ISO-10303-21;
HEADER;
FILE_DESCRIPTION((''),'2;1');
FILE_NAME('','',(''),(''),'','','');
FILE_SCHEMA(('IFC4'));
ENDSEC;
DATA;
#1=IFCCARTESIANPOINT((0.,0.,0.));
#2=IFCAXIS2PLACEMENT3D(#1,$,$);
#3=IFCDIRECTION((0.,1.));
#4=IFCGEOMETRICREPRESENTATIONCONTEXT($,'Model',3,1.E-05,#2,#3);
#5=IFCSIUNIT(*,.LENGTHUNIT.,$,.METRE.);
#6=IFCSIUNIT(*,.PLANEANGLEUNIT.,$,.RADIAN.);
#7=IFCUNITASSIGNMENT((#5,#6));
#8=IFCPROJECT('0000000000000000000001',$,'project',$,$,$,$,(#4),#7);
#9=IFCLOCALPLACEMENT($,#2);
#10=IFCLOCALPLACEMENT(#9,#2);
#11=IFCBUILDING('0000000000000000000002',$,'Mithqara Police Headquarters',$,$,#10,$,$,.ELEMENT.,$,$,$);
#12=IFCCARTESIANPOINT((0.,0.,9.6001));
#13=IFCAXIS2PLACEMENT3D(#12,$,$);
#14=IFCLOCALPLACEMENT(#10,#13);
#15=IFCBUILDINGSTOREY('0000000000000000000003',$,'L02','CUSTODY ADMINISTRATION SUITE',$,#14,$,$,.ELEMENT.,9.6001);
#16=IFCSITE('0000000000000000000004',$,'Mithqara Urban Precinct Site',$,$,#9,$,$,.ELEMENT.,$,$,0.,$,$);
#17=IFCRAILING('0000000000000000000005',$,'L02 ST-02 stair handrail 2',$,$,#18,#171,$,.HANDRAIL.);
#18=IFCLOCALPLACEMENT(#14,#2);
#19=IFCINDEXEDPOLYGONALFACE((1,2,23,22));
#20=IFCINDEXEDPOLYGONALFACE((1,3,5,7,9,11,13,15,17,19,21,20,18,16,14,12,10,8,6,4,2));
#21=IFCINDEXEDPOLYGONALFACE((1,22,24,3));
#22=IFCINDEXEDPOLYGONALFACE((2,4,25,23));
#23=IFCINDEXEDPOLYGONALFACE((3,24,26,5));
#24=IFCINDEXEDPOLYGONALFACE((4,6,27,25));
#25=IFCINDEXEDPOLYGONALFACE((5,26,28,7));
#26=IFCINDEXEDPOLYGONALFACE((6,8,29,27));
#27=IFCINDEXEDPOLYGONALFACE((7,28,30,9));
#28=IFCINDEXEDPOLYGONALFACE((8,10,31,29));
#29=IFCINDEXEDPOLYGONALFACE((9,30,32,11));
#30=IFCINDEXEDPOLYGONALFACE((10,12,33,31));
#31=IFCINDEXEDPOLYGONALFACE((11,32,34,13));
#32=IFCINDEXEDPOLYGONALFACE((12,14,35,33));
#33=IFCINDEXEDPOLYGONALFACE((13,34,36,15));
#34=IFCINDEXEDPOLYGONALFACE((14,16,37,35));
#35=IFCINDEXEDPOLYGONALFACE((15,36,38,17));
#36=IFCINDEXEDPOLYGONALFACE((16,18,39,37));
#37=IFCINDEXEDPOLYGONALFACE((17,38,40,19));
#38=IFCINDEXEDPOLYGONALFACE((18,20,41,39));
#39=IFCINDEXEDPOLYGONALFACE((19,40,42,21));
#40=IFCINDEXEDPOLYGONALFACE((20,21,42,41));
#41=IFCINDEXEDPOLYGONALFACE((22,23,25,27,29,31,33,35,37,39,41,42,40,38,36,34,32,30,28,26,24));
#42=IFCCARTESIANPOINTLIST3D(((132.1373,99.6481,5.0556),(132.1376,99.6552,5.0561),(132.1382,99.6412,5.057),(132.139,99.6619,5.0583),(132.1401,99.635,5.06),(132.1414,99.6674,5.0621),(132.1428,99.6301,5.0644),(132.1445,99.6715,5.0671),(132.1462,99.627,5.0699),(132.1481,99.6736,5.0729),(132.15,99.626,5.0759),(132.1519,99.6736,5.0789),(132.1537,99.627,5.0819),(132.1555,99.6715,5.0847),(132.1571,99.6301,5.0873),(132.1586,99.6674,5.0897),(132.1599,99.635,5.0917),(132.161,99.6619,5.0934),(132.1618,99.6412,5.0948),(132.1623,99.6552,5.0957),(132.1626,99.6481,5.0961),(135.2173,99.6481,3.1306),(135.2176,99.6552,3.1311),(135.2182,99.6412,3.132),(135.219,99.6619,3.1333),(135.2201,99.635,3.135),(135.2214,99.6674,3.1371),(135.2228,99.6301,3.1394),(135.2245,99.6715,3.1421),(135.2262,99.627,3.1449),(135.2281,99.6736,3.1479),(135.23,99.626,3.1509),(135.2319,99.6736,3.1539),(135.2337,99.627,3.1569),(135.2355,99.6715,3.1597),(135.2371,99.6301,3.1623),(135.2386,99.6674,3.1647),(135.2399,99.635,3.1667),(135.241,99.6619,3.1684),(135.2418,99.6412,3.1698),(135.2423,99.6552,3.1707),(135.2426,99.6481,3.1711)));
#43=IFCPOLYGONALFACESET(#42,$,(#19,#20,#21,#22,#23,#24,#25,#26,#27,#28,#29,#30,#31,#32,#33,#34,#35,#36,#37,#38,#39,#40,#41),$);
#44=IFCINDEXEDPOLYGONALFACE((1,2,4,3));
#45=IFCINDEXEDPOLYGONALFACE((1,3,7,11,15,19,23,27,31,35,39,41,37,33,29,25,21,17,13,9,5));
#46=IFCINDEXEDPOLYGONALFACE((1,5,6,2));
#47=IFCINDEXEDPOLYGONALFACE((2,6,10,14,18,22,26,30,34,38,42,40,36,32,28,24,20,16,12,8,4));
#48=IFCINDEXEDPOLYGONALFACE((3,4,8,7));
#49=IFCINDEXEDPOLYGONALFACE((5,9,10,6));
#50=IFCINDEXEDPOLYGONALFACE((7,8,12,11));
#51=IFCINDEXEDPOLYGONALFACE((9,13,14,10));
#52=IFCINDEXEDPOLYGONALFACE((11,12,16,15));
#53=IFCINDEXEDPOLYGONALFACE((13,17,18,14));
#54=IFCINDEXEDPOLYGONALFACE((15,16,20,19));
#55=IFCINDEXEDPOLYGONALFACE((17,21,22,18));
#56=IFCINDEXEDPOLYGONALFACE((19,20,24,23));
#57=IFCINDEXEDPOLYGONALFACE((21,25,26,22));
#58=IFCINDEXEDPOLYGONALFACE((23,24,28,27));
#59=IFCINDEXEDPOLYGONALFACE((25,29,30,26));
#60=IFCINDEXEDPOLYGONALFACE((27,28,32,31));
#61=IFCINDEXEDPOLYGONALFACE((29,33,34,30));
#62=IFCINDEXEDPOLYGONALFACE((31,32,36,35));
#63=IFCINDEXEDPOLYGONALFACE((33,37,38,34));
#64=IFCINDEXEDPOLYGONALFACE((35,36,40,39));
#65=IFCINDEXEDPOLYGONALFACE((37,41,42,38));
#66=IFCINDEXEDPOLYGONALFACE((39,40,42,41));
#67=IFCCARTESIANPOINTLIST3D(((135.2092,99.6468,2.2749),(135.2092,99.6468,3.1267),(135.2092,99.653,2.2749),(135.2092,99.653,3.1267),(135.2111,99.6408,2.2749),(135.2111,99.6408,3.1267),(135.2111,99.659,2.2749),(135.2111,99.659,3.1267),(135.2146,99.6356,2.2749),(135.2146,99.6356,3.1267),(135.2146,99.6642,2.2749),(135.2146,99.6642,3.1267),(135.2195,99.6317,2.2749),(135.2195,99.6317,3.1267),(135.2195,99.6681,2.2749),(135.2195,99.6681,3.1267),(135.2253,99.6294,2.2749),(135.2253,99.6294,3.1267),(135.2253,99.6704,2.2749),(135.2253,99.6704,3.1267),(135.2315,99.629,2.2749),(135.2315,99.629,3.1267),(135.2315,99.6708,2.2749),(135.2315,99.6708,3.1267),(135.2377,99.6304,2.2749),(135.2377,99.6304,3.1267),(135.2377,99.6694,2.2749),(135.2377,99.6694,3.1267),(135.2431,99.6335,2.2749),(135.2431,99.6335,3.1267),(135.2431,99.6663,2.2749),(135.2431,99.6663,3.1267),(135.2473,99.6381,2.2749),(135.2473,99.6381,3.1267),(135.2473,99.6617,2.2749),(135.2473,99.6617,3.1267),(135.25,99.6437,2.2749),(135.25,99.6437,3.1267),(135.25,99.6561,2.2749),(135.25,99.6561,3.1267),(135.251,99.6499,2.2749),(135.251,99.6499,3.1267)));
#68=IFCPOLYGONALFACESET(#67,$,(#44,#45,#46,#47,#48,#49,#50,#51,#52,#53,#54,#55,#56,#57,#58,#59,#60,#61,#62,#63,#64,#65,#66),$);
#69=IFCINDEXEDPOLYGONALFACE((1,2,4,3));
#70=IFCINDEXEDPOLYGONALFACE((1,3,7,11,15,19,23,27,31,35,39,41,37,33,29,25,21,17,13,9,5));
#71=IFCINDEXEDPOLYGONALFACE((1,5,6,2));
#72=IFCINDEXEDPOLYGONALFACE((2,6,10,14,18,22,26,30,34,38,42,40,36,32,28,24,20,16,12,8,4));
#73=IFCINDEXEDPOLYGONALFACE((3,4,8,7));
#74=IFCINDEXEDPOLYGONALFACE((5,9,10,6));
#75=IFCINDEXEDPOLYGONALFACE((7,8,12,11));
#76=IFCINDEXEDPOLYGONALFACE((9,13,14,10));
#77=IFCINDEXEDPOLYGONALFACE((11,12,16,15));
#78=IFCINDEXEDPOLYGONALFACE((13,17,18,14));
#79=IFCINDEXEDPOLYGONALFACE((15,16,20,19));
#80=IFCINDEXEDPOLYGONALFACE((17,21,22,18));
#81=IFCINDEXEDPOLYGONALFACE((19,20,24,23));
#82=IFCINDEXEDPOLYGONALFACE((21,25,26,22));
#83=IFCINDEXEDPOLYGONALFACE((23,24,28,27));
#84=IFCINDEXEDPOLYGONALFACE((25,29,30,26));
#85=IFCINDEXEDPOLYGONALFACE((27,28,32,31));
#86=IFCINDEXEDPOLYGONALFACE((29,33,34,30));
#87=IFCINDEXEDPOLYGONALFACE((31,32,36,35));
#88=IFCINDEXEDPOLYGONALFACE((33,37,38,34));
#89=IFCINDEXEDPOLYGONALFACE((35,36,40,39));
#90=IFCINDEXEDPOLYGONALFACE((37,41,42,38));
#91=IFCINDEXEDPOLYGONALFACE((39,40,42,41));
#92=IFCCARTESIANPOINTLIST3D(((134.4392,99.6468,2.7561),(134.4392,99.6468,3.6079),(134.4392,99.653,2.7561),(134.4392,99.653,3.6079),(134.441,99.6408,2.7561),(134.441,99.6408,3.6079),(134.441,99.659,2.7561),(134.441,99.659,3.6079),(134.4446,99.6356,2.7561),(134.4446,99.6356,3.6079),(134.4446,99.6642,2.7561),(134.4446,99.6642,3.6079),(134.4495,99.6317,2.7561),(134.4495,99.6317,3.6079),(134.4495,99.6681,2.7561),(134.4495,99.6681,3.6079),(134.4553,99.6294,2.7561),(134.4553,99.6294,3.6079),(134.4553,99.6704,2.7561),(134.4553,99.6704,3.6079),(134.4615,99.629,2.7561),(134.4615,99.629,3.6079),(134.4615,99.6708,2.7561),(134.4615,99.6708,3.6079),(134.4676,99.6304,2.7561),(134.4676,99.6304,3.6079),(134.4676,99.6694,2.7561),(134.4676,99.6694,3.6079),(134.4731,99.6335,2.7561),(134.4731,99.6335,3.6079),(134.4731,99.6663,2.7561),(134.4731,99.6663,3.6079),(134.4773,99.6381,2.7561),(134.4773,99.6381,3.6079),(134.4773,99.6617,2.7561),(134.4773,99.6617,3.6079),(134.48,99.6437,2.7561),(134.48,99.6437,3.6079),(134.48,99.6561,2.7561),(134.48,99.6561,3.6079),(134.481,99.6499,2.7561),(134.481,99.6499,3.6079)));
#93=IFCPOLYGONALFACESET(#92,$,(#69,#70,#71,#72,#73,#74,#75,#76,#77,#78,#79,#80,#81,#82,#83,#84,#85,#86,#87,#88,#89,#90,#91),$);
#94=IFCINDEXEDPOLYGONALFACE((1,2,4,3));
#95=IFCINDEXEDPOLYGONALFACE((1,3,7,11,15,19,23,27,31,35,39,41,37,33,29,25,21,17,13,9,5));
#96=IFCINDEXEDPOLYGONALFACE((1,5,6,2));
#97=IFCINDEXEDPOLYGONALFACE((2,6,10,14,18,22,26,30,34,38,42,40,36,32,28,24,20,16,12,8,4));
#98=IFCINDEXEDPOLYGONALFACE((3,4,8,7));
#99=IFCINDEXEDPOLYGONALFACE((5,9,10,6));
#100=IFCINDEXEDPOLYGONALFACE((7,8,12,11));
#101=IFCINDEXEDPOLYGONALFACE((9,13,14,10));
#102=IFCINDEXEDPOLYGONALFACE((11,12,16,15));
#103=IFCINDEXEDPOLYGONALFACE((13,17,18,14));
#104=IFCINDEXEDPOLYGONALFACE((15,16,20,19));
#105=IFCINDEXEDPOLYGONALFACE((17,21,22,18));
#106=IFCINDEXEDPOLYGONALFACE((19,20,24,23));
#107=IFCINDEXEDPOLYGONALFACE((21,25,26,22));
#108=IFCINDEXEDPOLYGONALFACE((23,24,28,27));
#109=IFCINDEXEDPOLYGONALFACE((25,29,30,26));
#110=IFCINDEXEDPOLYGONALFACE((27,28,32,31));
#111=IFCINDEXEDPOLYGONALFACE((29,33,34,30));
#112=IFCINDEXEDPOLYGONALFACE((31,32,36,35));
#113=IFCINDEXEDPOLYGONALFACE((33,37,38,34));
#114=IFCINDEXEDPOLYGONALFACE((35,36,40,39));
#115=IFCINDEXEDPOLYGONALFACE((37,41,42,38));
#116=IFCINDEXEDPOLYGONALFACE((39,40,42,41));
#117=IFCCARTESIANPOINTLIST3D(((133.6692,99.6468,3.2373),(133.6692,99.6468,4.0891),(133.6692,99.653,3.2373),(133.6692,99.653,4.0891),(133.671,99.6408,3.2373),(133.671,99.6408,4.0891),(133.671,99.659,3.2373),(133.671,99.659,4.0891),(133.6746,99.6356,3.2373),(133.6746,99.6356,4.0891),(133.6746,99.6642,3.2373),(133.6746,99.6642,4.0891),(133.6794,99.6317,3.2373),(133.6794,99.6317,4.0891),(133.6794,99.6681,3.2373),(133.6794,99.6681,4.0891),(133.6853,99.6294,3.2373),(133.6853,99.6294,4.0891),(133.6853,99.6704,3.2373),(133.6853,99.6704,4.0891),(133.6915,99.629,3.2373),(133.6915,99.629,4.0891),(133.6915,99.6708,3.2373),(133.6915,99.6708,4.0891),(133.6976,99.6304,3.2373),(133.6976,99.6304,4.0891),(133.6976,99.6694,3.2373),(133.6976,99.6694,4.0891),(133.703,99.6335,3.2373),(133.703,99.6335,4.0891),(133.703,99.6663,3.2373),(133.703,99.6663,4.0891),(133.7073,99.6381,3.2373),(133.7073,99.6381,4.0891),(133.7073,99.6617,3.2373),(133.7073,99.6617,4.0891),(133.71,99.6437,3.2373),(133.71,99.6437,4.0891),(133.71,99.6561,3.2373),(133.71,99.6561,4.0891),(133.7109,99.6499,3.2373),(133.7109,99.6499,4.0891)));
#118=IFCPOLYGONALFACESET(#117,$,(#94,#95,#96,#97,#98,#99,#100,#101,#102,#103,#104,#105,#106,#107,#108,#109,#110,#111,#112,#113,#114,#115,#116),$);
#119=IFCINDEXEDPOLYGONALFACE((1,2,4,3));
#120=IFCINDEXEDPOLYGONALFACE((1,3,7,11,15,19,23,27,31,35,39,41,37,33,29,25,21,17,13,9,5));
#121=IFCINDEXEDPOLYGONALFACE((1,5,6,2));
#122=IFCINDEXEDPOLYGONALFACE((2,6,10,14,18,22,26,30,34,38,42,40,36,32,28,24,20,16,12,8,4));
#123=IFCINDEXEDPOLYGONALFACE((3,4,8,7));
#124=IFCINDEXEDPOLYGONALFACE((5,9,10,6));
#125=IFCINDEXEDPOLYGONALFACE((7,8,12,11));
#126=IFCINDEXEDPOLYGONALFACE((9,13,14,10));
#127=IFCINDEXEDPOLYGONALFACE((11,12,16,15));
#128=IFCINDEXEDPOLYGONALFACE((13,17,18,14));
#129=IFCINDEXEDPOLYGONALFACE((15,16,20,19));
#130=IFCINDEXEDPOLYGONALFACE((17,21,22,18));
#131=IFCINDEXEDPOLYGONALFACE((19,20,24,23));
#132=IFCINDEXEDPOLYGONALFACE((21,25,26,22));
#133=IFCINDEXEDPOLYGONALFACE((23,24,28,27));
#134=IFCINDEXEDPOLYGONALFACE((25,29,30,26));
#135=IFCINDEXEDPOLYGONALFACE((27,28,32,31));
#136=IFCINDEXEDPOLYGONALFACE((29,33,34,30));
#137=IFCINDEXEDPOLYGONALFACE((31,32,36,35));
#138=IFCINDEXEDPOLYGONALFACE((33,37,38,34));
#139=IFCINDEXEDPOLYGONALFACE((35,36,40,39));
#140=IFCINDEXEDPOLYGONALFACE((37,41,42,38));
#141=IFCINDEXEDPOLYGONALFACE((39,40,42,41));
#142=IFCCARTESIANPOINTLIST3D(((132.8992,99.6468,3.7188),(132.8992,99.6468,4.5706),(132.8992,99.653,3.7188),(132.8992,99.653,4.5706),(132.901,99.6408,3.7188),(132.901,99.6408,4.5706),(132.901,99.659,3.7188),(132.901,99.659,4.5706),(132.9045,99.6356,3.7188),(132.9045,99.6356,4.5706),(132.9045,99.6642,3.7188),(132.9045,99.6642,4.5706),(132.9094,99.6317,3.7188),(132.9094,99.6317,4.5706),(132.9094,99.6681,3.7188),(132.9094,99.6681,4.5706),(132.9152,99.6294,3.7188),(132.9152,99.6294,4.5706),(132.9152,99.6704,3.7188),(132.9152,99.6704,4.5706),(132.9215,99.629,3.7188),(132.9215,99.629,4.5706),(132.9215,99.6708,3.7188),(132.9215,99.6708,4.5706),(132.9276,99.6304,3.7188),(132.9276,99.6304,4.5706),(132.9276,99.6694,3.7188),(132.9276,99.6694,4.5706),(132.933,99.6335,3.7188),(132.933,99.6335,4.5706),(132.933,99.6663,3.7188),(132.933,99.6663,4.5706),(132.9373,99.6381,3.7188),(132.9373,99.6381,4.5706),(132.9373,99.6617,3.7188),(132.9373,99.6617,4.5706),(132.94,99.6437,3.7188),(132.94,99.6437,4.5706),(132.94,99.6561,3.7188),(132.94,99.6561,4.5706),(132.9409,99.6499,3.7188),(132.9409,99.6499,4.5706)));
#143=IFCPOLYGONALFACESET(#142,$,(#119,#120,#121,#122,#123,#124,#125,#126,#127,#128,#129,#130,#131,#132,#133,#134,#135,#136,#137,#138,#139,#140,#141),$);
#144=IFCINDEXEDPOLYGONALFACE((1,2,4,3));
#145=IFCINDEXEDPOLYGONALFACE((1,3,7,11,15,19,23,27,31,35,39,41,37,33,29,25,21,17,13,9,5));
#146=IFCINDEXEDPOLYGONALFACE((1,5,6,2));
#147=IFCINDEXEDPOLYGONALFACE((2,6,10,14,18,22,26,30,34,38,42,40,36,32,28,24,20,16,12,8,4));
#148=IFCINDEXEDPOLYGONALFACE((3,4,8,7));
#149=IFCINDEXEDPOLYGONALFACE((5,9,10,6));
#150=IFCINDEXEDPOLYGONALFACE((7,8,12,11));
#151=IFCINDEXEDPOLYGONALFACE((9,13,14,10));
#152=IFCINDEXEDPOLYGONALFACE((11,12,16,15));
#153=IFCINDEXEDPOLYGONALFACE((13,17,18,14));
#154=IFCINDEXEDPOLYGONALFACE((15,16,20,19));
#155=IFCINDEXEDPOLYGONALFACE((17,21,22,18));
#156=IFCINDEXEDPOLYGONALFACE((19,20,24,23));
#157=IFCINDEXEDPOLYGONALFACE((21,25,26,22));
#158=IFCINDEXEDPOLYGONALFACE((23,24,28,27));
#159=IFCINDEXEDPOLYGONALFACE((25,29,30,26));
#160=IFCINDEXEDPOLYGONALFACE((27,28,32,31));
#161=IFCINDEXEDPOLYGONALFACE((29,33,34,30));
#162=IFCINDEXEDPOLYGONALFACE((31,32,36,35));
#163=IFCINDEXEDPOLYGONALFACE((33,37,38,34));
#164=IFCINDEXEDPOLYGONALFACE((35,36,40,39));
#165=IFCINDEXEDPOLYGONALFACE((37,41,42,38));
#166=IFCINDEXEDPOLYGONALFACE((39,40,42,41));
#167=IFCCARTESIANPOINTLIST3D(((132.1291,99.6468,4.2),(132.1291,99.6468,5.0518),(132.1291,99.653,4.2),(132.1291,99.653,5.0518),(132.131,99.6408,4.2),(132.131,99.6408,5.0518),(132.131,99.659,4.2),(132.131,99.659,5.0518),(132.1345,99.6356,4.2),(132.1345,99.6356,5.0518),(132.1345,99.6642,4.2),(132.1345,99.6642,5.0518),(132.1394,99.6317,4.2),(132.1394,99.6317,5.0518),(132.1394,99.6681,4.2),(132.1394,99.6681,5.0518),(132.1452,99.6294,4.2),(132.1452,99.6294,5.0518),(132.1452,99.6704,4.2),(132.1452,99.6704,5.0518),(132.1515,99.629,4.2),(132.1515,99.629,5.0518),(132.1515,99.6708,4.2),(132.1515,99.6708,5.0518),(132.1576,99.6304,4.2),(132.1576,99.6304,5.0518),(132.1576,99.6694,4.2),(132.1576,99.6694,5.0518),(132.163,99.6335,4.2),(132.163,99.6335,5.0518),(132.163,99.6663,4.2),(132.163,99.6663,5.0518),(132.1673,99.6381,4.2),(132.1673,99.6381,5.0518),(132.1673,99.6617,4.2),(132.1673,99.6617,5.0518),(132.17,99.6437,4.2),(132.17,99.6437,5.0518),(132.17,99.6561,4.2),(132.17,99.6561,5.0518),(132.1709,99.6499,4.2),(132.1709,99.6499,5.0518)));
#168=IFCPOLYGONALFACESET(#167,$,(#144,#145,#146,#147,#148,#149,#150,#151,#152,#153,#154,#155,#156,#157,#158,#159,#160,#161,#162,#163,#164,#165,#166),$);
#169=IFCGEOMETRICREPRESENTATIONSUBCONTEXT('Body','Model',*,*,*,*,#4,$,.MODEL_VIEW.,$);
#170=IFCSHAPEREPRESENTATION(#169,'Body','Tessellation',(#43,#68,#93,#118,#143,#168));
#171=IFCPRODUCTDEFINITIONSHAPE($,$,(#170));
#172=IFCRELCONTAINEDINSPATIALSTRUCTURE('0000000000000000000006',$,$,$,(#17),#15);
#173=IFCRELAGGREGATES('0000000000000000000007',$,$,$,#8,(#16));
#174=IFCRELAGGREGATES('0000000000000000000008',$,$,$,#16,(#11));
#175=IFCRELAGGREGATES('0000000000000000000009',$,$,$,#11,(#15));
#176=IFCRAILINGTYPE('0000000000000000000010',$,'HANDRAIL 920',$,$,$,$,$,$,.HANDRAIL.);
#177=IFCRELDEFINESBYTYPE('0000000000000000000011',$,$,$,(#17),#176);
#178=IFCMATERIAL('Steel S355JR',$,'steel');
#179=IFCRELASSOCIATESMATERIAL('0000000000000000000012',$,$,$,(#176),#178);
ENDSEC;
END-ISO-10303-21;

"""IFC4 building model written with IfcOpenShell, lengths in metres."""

from ifc_helpers import new_model, si_unit, direction, frame, origin, origin_2d, place, context, subcontext, project, spatial, circle, extrude, material, type_object, element, save


model = new_model("IFC4")

# Units and contexts
model_context = context("Model", 3, precision=1e-05, world=origin(), true_north=direction((0.0, 1.0)))
body_context = subcontext(model_context, "Body", "Model", "MODEL_VIEW")
ifc_project = project(units=[si_unit("LENGTHUNIT", "METRE"), si_unit("PLANEANGLEUNIT", "RADIAN")], contexts=[model_context])

# Site, building, storey
site_placement = place(None, origin())
site = spatial("IfcSite", under=ifc_project, at=site_placement, Name="Mithqara Urban Precinct Site", CompositionType="ELEMENT", RefElevation=0.0)
building_placement = place(site_placement, origin())
building = spatial("IfcBuilding", under=site, at=building_placement, Name="Mithqara Police Headquarters", CompositionType="ELEMENT")
storey_placement = place(building_placement, frame((0.0, 0.0, 9.6001)))
storey = spatial("IfcBuildingStorey", under=building, at=storey_placement, Name="L02", Description="CUSTODY ADMINISTRATION SUITE", CompositionType="ELEMENT", Elevation=9.6001)

# Shared definitions
ifc_material_1 = material(Name="Steel S355JR", Category="steel")

# Railing
railing_type_1 = type_object("IfcRailingType", Name="HANDRAIL 920", PredefinedType="HANDRAIL", material=ifc_material_1)
railing_1_placement = place(storey_placement, frame((135.23, 99.6499, 2.2749)))
element("IfcRailing", 1, at=railing_1_placement, inside=storey, type_object=railing_type_1, Name="L02 ST-02 stair handrail 2", PredefinedType="HANDRAIL", context=body_context, shape_type="SweptSolid", body=[
    extrude(circle(Radius=0.0239, at=origin_2d()), frame((0.0, 0.0, 0.876), z_axis=(-0.847998, 0.0, 0.529999), x_axis=(0.0, -1.0, 0.0)), (0.0, 0.0, 1.0), 3.6321),
    extrude(circle(Radius=0.021, at=origin_2d()), origin(), (0.0, 0.0, 1.0), 0.8518),
    extrude(circle(Radius=0.021, at=origin_2d()), frame((-0.77, 0.0, 0.4812)), (0.0, 0.0, 1.0), 0.8518),
    extrude(circle(Radius=0.021, at=origin_2d()), frame((-1.54, 0.0, 0.9624)), (0.0, 0.0, 1.0), 0.8518),
    extrude(circle(Radius=0.021, at=origin_2d()), frame((-2.3101, 0.0, 1.4438)), (0.0, 0.0, 1.0), 0.8518),
    extrude(circle(Radius=0.021, at=origin_2d()), frame((-3.0801, 0.0, 1.925)), (0.0, 0.0, 1.0), 0.8518),
])

save(model, "model.ifc")
